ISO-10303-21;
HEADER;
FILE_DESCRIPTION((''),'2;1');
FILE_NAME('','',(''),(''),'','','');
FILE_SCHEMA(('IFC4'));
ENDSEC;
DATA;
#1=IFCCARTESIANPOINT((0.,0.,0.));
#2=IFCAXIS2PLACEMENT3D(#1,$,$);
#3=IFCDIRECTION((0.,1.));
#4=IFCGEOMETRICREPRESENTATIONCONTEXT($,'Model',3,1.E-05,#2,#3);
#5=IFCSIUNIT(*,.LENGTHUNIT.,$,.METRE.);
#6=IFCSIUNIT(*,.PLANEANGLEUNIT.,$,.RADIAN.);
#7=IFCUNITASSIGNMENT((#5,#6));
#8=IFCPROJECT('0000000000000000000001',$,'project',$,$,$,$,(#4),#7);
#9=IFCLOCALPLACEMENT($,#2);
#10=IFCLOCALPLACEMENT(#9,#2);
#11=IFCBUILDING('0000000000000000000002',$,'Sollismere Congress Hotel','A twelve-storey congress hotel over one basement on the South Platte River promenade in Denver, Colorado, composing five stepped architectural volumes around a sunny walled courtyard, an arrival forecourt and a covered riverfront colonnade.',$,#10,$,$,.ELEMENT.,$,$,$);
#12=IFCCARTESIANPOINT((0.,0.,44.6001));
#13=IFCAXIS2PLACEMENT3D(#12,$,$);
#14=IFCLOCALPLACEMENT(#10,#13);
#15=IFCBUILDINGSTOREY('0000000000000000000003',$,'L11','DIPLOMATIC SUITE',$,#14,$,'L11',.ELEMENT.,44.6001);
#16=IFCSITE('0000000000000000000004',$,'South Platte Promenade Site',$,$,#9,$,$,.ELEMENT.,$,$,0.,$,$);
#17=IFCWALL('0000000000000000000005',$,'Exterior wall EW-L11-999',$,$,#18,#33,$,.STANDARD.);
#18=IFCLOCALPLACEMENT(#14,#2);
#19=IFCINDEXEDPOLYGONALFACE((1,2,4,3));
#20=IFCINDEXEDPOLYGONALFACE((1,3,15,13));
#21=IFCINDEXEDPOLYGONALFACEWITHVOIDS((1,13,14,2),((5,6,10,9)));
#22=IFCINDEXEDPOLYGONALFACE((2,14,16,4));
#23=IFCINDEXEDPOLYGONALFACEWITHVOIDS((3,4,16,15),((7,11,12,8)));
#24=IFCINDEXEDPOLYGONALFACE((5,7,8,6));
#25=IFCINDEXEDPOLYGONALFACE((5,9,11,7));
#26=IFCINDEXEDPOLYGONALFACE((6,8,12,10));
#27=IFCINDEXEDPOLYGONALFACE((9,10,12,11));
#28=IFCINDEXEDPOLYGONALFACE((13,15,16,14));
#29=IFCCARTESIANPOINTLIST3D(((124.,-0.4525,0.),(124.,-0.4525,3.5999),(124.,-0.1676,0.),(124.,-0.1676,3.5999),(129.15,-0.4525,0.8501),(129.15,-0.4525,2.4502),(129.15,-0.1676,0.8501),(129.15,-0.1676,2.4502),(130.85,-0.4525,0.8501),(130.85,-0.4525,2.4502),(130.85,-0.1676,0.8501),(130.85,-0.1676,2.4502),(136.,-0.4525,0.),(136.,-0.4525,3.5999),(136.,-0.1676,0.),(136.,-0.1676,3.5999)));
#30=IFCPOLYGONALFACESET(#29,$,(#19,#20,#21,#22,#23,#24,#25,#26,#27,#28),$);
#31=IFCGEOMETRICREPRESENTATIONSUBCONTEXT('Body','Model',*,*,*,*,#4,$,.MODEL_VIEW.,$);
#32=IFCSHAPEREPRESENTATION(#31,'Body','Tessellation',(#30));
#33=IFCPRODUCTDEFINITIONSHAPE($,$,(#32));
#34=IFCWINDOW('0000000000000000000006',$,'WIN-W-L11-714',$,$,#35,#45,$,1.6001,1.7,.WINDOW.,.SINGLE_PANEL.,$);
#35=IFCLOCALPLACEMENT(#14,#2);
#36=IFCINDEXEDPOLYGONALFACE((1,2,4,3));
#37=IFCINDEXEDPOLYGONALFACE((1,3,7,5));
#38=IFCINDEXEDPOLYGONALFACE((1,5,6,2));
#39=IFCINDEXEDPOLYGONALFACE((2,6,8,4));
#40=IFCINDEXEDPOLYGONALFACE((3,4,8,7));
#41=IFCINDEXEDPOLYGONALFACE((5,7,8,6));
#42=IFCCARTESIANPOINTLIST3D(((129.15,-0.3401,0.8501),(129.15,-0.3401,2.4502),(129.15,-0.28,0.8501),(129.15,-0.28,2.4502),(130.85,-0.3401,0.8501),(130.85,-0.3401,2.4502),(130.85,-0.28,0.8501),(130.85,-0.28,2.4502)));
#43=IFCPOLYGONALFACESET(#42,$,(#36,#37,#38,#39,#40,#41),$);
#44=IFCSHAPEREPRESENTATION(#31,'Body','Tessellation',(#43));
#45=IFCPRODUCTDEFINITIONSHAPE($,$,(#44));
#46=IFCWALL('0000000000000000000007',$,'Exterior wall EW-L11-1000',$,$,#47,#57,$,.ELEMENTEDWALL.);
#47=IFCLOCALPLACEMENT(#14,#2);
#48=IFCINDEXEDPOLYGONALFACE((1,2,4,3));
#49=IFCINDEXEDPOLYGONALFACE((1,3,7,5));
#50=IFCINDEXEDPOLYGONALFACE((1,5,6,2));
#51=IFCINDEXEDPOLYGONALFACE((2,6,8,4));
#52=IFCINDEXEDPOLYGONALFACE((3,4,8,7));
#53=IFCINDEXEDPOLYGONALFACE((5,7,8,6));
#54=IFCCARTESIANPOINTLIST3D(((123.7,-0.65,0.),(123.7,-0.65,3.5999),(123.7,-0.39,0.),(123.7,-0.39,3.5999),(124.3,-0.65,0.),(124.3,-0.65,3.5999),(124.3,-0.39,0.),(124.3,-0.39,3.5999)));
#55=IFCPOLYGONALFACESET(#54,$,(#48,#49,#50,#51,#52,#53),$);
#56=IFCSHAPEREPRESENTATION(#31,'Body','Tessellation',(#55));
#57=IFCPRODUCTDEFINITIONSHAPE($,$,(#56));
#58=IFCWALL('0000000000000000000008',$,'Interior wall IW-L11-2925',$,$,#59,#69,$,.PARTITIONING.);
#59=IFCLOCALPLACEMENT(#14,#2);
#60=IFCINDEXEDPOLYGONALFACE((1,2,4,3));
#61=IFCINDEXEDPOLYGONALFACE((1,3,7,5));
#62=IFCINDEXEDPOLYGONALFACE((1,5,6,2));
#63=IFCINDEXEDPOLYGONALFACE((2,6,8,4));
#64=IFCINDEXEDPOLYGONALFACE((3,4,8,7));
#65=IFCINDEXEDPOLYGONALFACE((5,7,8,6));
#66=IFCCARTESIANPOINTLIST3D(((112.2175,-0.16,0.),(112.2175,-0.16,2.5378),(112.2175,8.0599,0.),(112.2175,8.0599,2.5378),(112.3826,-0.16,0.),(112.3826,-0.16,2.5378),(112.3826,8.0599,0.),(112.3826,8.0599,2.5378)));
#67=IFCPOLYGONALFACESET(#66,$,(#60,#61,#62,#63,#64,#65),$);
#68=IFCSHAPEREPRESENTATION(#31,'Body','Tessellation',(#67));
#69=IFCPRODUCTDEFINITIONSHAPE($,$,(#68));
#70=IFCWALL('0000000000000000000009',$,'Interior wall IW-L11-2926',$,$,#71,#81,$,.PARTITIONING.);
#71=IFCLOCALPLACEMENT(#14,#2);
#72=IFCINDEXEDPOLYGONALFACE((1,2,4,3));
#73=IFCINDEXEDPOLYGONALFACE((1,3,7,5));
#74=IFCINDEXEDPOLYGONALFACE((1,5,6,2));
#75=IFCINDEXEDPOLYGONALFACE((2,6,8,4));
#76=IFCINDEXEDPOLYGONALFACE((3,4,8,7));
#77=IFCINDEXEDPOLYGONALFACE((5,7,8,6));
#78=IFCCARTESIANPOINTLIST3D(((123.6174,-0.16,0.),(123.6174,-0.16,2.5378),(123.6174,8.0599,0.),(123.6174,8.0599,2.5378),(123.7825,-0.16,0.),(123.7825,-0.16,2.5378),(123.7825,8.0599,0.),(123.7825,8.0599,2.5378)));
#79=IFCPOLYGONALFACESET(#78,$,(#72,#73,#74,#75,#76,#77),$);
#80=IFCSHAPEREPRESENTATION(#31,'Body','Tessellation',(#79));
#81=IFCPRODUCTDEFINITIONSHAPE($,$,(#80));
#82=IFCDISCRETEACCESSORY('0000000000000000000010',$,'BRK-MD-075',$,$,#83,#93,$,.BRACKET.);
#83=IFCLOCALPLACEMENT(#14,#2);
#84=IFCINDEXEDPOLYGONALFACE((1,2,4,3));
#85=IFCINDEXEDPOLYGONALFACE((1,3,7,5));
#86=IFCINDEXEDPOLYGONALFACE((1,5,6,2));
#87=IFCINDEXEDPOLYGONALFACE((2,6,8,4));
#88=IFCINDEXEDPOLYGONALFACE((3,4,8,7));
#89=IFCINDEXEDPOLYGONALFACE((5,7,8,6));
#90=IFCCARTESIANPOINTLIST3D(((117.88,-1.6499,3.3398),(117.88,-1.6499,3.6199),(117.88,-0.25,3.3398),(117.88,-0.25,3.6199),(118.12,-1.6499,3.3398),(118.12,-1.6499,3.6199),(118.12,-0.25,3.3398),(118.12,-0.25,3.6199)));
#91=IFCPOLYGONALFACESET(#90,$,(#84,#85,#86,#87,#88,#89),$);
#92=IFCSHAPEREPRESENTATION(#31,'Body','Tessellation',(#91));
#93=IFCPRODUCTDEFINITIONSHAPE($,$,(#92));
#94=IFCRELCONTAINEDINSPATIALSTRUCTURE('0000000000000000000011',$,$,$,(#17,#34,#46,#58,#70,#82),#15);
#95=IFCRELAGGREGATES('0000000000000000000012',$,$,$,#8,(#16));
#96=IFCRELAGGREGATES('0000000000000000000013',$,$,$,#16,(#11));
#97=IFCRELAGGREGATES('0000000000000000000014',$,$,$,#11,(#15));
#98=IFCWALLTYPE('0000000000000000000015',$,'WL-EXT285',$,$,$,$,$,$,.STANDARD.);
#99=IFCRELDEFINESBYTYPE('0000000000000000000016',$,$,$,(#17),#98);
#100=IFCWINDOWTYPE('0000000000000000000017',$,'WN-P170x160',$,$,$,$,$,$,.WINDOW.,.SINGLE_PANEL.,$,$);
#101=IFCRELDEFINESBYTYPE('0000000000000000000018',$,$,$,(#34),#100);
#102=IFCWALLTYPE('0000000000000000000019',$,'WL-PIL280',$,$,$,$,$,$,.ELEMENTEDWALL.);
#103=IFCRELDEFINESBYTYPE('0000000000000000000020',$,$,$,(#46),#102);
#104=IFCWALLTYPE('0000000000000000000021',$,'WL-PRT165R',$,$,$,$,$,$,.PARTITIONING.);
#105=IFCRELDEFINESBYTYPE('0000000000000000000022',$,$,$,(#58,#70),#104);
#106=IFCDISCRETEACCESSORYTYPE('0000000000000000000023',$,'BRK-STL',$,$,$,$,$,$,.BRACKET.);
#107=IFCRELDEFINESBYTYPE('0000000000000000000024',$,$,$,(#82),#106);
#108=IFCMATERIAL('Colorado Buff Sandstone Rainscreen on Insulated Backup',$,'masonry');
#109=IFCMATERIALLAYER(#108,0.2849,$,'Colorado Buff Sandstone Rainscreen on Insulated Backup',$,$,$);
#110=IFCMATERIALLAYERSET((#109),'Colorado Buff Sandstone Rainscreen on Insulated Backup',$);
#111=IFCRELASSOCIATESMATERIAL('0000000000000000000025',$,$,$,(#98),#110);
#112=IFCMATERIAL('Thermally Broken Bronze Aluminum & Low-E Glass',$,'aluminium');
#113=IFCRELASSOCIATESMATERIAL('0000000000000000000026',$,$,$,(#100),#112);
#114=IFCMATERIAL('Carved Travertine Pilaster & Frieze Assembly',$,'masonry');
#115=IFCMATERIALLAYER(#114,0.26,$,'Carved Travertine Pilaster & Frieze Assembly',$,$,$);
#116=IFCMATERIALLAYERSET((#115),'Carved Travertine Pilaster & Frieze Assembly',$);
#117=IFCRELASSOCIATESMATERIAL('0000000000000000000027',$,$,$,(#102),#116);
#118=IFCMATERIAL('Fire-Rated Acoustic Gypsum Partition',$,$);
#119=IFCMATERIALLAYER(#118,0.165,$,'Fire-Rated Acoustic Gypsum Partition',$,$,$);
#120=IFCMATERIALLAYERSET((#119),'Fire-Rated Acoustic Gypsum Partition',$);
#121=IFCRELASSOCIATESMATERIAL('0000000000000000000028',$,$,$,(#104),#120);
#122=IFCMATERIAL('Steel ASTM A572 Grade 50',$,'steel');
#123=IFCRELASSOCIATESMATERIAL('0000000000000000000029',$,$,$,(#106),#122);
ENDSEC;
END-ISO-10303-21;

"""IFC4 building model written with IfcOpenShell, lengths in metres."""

from ifc_helpers import new_model, si_unit, direction, frame, frame_2d, origin, origin_2d, place, context, subcontext, project, spatial, rectangle, extrude, material, layer, layer_set, type_object, element, fill, save


model = new_model("IFC4")

# Units and contexts
model_context = context("Model", 3, precision=1e-05, world=origin(), true_north=direction((0.0, 1.0)))
body_context = subcontext(model_context, "Body", "Model", "MODEL_VIEW")
ifc_project = project(units=[si_unit("LENGTHUNIT", "METRE"), si_unit("PLANEANGLEUNIT", "RADIAN")], contexts=[model_context])

# Site, building, storey
site_placement = place(None, origin())
site = spatial("IfcSite", under=ifc_project, at=site_placement, Name="South Platte Promenade Site", CompositionType="ELEMENT", RefElevation=0.0)
building_placement = place(site_placement, origin())
building = spatial("IfcBuilding", under=site, at=building_placement, Name="Sollismere Congress Hotel", Description="A twelve-storey congress hotel over one basement on the South Platte River promenade in Denver, Colorado, composing five stepped architectural volumes around a sunny walled courtyard, an arrival forecourt and a covered riverfront colonnade.", CompositionType="ELEMENT")
storey_placement = place(building_placement, frame((0.0, 0.0, 44.6001)))
storey = spatial("IfcBuildingStorey", under=building, at=storey_placement, Name="L11", Description="DIPLOMATIC SUITE", LongName="L11", CompositionType="ELEMENT", Elevation=44.6001)

# Wall, opening, window
ifc_material_1 = material(Name="Colorado Buff Sandstone Rainscreen on Insulated Backup", Category="masonry")
ifc_layer_1 = layer(ifc_material_1, 0.2849, Name="Colorado Buff Sandstone Rainscreen on Insulated Backup")
ifc_layer_set_1 = layer_set([ifc_layer_1], Name="Colorado Buff Sandstone Rainscreen on Insulated Backup")
wall_type_1 = type_object("IfcWallType", Name="WL-EXT285", PredefinedType="STANDARD", material=ifc_layer_set_1)
wall_1_placement = place(storey_placement, frame((124.0, -0.3101, 0.0), z_axis=(0.0, 0.0, 1.0), x_axis=(1.0, 0.0, 0.0)))
wall_1 = element("IfcWall", 1, at=wall_1_placement, inside=storey, type_object=wall_type_1, Name="Exterior wall EW-L11-999", PredefinedType="STANDARD", context=body_context, shape_type="SweptSolid", body=[
    extrude(rectangle(XDim=12.0, YDim=0.2849, at=frame_2d((6.0, 0.0))), origin(), (0.0, 0.0, 1.0), 3.5999),
])
opening_placement = place(wall_1_placement, frame((5.1499, 0.0, 0.8501)))
opening = element("IfcOpeningElement", 2, at=opening_placement, cuts=wall_1, PredefinedType="OPENING", context=body_context, shape_type="SweptSolid", body=[
    extrude(rectangle(XDim=1.7, YDim=1.6001, at=frame_2d((0.8501, 0.8))), frame((0.0, 0.1523, 0.0), z_axis=(0.0, -1.0, 0.0), x_axis=(1.0, 0.0, 0.0)), (0.0, 0.0, 1.0), 0.3049),
])
ifc_material_2 = material(Name="Thermally Broken Bronze Aluminum & Low-E Glass", Category="aluminium")
window_type = type_object("IfcWindowType", Name="WN-P170x160", PartitioningType="SINGLE_PANEL", PredefinedType="WINDOW", material=ifc_material_2)
window_placement = place(opening_placement, origin())
window = element("IfcWindow", 3, at=window_placement, inside=storey, type_object=window_type, Name="WIN-W-L11-714", OverallHeight=1.6001, OverallWidth=1.7, PartitioningType="SINGLE_PANEL", PredefinedType="WINDOW", context=body_context, shape_type="SweptSolid", body=[
    extrude(rectangle(XDim=1.7, YDim=1.6001, at=frame_2d((0.8501, 0.8))), frame((0.0, 0.03, 0.0), z_axis=(0.0, -1.0, 0.0), x_axis=(1.0, 0.0, 0.0)), (0.0, 0.0, 1.0), 0.0601),
])
fill(opening, window)

# Walls
ifc_material_3 = material(Name="Carved Travertine Pilaster & Frieze Assembly", Category="masonry")
ifc_layer_2 = layer(ifc_material_3, 0.26, Name="Carved Travertine Pilaster & Frieze Assembly")
ifc_layer_set_2 = layer_set([ifc_layer_2], Name="Carved Travertine Pilaster & Frieze Assembly")
wall_type_2 = type_object("IfcWallType", Name="WL-PIL280", PredefinedType="ELEMENTEDWALL", material=ifc_layer_set_2)
wall_2_placement = place(storey_placement, frame((123.7, -0.52, 0.0), z_axis=(0.0, 0.0, 1.0), x_axis=(1.0, 0.0, 0.0)))
element("IfcWall", 4, at=wall_2_placement, inside=storey, type_object=wall_type_2, Name="Exterior wall EW-L11-1000", PredefinedType="ELEMENTEDWALL", context=body_context, shape_type="SweptSolid", body=[
    extrude(rectangle(XDim=0.6001, YDim=0.26, at=frame_2d((0.3, 0.0))), origin(), (0.0, 0.0, 1.0), 3.5999),
])
ifc_material_4 = material(Name="Fire-Rated Acoustic Gypsum Partition")
ifc_layer_3 = layer(ifc_material_4, 0.165, Name="Fire-Rated Acoustic Gypsum Partition")
ifc_layer_set_3 = layer_set([ifc_layer_3], Name="Fire-Rated Acoustic Gypsum Partition")
wall_type_3 = type_object("IfcWallType", Name="WL-PRT165R", PredefinedType="PARTITIONING", material=ifc_layer_set_3)
for number, where, z_axis, x_axis, name in (
    (5, (112.3, -0.1599, 0.0), (0.0, 0.0, 1.0), (0.0, 1.0, 0.0), "Interior wall IW-L11-2925"),
    (6, (123.7, -0.1599, 0.0), (0.0, 0.0, 1.0), (0.0, 1.0, 0.0), "Interior wall IW-L11-2926"),
):
    element("IfcWall", number, at=place(storey_placement, frame(where, z_axis=z_axis, x_axis=x_axis)), inside=storey, type_object=wall_type_3, Name=name, PredefinedType="PARTITIONING", context=body_context, shape_type="SweptSolid", body=[
        extrude(rectangle(XDim=8.22, YDim=0.165, at=frame_2d((4.1099, 0.0))), origin(), (0.0, 0.0, 1.0), 2.5378),
    ])

# Discrete accessory
ifc_material_5 = material(Name="Steel ASTM A572 Grade 50", Category="steel")
discrete_accessory_type = type_object("IfcDiscreteAccessoryType", Name="BRK-STL", PredefinedType="BRACKET", material=ifc_material_5)
discrete_accessory_placement = place(storey_placement, frame((118.0, -0.95, 3.3398), z_axis=(0.0, 0.0, 1.0), x_axis=(1.0, 0.0, 0.0)))
element("IfcDiscreteAccessory", 7, at=discrete_accessory_placement, inside=storey, type_object=discrete_accessory_type, Name="BRK-MD-075", PredefinedType="BRACKET", context=body_context, shape_type="SweptSolid", body=[
    extrude(rectangle(XDim=0.24, YDim=1.3999, at=origin_2d()), origin(), (0.0, 0.0, 1.0), 0.28),
])

save(model, "model.ifc")
